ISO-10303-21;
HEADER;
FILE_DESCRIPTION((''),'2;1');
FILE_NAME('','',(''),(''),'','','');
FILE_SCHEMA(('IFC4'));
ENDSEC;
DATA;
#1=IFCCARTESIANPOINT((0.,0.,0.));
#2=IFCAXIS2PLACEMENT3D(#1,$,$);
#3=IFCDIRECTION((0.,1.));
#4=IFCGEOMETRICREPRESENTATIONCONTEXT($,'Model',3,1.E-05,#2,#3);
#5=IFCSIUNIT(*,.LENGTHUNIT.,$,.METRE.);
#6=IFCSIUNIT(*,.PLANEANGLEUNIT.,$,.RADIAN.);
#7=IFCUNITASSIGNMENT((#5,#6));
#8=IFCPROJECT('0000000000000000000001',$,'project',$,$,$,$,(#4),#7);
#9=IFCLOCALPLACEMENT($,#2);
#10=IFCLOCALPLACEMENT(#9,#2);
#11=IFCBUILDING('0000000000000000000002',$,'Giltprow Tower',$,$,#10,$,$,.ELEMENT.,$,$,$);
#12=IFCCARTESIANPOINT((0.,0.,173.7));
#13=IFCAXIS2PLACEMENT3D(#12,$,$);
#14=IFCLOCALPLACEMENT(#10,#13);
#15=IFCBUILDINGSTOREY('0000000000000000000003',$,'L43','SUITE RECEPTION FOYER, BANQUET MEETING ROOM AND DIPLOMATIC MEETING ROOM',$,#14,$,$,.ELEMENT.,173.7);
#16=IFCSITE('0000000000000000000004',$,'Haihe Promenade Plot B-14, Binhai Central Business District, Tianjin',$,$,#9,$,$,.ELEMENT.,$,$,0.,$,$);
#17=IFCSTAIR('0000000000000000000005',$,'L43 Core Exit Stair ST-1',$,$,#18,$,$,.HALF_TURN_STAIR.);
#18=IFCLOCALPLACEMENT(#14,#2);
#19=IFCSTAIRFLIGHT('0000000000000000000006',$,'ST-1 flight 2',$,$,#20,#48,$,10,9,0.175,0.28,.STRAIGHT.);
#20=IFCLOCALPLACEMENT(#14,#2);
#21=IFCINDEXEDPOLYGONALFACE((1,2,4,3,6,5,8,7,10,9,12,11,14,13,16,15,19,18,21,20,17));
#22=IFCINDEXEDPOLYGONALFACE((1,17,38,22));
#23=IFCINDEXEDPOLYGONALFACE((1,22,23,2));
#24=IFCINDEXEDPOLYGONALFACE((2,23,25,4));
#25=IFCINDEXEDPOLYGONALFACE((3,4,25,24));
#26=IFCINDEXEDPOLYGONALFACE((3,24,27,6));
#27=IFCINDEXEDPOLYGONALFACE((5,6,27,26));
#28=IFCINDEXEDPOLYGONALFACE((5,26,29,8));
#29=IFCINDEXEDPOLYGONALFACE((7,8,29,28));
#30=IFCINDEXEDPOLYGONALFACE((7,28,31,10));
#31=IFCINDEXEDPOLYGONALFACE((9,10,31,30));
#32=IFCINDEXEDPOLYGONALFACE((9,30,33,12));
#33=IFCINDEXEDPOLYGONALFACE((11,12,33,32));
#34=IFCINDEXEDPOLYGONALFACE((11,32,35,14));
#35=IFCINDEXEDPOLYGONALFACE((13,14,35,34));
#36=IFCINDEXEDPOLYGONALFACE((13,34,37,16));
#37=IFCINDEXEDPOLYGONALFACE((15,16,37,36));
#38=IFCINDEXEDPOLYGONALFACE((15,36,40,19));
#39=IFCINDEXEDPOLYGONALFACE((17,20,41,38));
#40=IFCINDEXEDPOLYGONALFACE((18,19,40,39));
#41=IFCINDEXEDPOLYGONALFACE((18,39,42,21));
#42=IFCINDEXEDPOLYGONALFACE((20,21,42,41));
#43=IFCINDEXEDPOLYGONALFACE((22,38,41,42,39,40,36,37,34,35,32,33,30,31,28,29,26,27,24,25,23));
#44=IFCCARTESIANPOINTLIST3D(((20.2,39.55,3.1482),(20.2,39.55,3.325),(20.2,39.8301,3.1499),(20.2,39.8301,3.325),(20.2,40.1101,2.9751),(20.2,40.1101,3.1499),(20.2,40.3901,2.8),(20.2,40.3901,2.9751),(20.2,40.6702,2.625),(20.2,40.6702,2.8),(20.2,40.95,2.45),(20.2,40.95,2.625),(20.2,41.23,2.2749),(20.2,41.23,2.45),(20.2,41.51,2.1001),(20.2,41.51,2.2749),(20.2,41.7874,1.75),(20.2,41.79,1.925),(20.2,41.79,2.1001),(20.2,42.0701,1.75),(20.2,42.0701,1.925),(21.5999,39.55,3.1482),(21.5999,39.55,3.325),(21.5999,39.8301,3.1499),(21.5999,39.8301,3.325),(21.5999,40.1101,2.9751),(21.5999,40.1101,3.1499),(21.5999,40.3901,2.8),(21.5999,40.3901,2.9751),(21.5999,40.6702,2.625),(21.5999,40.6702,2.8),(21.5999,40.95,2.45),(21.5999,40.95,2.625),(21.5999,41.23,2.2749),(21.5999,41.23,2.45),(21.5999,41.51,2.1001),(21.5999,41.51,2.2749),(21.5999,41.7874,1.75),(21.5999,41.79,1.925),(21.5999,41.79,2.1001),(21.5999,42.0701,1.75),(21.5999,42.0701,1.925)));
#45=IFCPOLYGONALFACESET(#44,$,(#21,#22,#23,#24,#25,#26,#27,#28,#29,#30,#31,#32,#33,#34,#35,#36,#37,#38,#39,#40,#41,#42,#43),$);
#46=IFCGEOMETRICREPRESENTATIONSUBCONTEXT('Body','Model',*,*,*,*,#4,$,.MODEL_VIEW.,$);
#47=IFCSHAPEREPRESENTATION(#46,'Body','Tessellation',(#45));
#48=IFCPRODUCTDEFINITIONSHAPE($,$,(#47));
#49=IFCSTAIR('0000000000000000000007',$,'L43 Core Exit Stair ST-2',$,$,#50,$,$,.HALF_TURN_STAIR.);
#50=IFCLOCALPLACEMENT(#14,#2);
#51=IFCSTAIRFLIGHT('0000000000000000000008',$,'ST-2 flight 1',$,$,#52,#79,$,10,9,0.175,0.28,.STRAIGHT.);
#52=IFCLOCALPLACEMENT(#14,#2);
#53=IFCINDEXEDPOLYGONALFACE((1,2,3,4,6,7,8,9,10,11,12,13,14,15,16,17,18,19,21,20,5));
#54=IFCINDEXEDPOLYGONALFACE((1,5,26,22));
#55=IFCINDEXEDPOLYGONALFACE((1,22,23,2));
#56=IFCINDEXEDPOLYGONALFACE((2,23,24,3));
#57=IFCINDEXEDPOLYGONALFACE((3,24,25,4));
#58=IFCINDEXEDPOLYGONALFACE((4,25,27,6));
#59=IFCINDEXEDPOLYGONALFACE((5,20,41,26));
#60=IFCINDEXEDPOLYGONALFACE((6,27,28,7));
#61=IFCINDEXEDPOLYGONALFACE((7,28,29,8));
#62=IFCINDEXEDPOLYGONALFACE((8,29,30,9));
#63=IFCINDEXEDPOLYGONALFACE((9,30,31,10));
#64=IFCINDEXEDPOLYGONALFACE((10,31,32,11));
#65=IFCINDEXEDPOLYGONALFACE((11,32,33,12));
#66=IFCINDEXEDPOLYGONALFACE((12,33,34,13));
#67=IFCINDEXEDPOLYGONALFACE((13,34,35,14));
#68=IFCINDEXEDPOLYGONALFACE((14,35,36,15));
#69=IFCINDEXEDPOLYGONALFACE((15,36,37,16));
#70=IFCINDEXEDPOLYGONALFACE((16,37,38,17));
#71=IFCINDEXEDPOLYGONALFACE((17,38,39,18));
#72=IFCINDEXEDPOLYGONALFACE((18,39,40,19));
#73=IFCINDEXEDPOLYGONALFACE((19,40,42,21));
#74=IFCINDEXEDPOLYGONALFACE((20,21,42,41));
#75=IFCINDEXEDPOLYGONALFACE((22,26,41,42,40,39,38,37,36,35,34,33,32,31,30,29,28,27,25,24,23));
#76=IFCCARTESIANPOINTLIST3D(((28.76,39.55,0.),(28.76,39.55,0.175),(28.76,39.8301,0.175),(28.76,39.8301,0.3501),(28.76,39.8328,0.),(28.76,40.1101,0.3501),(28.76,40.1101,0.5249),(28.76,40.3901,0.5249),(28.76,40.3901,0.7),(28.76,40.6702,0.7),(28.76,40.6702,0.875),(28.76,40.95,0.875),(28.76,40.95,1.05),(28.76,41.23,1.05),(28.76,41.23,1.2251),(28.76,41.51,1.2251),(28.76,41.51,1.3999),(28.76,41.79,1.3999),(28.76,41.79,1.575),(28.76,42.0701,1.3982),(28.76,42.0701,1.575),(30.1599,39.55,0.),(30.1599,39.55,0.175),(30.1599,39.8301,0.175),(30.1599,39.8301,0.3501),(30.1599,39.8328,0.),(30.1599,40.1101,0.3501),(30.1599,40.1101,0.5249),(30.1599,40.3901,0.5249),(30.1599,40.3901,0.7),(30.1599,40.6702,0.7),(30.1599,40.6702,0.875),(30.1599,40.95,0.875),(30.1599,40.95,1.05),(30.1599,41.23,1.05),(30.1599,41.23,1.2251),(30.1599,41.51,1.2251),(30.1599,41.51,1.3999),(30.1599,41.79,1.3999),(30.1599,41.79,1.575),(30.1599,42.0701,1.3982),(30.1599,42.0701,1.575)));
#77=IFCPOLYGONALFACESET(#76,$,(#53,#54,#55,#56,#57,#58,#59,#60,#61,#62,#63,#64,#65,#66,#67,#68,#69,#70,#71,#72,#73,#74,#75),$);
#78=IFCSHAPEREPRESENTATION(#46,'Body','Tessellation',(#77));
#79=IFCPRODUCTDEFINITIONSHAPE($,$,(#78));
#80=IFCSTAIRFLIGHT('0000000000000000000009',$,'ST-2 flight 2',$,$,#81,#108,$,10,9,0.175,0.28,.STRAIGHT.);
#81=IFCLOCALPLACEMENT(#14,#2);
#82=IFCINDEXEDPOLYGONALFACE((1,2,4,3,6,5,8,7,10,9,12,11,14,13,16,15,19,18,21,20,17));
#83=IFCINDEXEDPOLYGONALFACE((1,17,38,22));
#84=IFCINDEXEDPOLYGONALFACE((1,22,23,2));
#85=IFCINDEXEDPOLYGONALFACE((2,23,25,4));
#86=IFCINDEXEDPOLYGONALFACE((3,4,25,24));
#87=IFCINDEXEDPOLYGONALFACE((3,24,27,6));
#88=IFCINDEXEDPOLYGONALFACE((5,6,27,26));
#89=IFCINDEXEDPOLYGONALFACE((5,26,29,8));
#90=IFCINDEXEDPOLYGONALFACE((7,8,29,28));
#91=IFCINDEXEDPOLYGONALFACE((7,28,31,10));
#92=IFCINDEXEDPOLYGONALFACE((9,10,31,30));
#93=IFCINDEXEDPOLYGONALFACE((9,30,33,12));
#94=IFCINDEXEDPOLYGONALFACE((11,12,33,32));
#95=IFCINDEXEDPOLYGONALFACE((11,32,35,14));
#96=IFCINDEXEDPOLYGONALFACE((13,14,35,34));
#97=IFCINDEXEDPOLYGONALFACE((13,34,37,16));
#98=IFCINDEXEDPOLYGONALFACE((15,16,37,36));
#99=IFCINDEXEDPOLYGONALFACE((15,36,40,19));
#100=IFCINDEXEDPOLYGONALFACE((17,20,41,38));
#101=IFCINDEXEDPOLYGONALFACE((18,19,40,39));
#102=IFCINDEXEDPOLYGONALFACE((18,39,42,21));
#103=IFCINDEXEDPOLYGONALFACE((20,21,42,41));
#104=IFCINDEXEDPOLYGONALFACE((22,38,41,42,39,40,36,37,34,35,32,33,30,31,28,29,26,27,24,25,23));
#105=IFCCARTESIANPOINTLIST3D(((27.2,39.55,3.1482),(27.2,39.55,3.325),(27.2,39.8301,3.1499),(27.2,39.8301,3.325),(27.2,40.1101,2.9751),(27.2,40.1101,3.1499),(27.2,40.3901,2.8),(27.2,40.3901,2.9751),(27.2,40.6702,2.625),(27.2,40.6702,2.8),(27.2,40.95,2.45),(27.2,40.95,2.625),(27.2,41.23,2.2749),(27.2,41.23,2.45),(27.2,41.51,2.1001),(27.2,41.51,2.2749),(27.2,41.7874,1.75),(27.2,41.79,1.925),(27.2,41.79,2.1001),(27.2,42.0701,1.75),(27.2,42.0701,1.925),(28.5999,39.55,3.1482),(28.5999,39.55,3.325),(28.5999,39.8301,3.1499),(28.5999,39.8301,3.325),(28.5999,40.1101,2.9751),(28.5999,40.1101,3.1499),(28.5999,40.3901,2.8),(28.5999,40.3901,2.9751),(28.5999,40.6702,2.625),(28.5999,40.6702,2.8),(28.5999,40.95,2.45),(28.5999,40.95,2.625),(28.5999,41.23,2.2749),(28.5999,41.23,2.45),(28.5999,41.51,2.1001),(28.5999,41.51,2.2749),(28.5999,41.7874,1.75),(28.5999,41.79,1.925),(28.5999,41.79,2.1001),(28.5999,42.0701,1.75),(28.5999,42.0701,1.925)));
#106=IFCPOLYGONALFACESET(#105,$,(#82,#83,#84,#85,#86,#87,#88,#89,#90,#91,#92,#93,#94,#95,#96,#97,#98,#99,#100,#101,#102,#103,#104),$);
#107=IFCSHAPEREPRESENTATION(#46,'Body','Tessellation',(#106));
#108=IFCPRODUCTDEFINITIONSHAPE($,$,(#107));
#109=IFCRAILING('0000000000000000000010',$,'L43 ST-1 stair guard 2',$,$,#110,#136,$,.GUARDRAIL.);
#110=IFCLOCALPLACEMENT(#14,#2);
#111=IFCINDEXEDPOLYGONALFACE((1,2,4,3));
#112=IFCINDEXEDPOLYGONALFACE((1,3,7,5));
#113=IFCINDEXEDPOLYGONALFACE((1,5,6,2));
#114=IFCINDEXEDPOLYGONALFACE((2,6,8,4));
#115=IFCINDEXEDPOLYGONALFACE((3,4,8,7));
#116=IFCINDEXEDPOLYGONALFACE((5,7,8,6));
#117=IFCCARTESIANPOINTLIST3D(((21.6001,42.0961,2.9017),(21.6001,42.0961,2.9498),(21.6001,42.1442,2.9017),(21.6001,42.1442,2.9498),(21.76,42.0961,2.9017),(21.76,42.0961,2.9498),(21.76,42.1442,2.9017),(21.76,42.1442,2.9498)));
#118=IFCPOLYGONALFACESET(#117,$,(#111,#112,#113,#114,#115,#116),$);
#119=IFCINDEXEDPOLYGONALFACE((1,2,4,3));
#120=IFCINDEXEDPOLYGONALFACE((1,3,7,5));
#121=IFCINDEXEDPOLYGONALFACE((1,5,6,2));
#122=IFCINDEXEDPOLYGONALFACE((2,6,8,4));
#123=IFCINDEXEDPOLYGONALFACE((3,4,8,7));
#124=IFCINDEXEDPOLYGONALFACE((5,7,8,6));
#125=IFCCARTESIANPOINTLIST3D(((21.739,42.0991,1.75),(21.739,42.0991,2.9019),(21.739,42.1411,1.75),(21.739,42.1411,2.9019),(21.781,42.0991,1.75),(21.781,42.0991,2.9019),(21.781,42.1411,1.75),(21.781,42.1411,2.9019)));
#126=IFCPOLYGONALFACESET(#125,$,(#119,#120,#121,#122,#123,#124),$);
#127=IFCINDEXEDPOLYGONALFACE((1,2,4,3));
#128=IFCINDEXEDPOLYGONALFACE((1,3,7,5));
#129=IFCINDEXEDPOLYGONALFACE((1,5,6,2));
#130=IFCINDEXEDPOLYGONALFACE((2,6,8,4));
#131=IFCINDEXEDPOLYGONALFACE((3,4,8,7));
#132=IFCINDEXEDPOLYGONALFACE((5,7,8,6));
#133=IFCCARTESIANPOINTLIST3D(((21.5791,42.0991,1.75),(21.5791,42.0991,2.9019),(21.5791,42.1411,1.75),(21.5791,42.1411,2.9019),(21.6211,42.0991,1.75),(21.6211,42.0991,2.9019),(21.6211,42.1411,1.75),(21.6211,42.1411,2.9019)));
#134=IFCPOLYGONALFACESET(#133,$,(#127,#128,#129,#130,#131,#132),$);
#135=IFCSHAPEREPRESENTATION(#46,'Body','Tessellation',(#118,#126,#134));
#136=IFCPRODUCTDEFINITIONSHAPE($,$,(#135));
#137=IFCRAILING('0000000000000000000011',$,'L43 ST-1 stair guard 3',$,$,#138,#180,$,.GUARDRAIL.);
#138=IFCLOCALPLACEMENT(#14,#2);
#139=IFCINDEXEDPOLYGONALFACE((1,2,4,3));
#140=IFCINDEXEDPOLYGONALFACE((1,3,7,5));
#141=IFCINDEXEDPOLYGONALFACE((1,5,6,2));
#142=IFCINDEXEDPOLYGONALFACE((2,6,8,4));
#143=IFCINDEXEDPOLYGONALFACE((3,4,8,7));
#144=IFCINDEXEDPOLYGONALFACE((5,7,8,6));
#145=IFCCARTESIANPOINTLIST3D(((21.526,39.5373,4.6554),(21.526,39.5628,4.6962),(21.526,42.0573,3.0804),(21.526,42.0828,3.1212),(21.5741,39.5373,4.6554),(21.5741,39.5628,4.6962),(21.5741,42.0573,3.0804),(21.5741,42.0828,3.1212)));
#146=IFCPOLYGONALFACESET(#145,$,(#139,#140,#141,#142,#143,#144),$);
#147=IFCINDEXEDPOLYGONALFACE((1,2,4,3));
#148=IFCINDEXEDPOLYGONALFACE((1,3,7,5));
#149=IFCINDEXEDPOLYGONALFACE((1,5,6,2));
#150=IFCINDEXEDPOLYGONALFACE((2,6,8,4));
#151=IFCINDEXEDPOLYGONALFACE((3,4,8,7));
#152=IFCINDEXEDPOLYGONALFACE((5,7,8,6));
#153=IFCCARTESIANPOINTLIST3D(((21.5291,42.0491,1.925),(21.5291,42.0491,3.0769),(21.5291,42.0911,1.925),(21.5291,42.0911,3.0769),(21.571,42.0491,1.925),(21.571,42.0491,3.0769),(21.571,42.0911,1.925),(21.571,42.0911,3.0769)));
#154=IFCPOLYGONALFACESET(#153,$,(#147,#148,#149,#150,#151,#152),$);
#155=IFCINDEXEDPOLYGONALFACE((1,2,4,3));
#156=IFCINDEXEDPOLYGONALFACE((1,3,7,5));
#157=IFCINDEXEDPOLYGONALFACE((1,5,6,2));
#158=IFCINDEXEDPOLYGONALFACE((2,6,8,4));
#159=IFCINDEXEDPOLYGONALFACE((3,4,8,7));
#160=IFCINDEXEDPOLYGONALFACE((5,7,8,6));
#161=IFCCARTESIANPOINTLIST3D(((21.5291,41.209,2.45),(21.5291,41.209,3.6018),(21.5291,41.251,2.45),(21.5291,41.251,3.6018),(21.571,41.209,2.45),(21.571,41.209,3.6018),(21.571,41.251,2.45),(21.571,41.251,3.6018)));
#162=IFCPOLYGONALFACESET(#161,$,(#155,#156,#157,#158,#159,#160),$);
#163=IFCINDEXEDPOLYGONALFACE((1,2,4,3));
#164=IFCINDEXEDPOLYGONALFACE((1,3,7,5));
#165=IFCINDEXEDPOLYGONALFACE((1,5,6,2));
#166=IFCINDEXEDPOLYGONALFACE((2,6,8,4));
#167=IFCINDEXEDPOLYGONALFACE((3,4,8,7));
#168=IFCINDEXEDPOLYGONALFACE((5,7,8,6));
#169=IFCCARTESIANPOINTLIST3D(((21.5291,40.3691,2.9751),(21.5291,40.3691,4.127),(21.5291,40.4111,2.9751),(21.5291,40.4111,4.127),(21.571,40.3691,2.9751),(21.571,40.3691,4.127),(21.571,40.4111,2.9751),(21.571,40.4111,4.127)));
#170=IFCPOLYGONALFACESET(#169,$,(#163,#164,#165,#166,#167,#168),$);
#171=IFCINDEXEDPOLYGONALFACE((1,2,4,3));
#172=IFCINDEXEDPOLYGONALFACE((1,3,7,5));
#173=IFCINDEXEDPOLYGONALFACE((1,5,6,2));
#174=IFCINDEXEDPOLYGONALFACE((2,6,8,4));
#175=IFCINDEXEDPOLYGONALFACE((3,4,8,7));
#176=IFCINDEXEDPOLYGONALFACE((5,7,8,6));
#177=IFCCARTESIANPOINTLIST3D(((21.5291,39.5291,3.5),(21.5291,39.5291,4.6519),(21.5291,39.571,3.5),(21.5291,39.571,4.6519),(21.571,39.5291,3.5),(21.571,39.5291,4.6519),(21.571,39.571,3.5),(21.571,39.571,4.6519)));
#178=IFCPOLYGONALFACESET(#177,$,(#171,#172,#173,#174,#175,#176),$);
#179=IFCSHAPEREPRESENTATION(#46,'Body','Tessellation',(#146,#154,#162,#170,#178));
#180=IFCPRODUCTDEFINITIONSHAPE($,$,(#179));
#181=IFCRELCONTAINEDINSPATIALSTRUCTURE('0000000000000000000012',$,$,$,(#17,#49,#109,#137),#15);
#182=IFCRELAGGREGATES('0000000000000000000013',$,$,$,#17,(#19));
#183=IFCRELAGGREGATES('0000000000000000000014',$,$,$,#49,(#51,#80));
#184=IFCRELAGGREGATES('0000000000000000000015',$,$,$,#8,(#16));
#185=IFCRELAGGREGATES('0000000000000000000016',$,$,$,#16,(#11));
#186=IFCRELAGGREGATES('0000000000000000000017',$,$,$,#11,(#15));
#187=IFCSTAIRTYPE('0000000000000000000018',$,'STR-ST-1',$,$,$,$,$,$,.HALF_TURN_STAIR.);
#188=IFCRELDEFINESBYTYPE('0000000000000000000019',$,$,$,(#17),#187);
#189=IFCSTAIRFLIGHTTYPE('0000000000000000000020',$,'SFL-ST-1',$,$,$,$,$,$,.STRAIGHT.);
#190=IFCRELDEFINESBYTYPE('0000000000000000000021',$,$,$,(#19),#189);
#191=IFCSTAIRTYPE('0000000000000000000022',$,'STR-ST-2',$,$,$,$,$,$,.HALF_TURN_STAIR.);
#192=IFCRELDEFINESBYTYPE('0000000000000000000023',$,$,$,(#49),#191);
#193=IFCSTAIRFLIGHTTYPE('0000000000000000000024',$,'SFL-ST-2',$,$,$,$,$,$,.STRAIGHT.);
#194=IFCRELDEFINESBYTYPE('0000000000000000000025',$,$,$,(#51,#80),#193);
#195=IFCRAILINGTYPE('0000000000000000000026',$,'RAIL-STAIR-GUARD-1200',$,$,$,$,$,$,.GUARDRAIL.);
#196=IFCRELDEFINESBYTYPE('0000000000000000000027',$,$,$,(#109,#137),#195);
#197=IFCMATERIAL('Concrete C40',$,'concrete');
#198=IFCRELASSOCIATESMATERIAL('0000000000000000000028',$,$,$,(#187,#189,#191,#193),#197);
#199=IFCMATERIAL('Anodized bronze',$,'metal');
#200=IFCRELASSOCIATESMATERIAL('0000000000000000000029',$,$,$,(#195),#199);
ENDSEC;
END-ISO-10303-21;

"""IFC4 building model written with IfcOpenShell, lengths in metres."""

from ifc_helpers import new_model, si_unit, direction, frame, origin, origin_2d, place, context, subcontext, project, spatial, polyline, rectangle, outline, extrude, material, type_object, element, aggregate, save


model = new_model("IFC4")

# Units and contexts
model_context = context("Model", 3, precision=1e-05, world=origin(), true_north=direction((0.0, 1.0)))
body_context = subcontext(model_context, "Body", "Model", "MODEL_VIEW")
ifc_project = project(units=[si_unit("LENGTHUNIT", "METRE"), si_unit("PLANEANGLEUNIT", "RADIAN")], contexts=[model_context])

# Site, building, storey
site_placement = place(None, origin())
site = spatial("IfcSite", under=ifc_project, at=site_placement, Name="Haihe Promenade Plot B-14, Binhai Central Business District, Tianjin", CompositionType="ELEMENT", RefElevation=0.0)
building_placement = place(site_placement, origin())
building = spatial("IfcBuilding", under=site, at=building_placement, Name="Giltprow Tower", CompositionType="ELEMENT")
storey_placement = place(building_placement, frame((0.0, 0.0, 173.7)))
storey = spatial("IfcBuildingStorey", under=building, at=storey_placement, Name="L43", Description="SUITE RECEPTION FOYER, BANQUET MEETING ROOM AND DIPLOMATIC MEETING ROOM", CompositionType="ELEMENT", Elevation=173.7)

# Shared definitions
ifc_material_1 = material(Name="Concrete C40", Category="concrete")

# Stair, stair flight
stair_type_1 = type_object("IfcStairType", Name="STR-ST-1", PredefinedType="HALF_TURN_STAIR", material=ifc_material_1)
stair_1_placement = place(storey_placement, origin())
stair_1 = element("IfcStair", 1, at=stair_1_placement, inside=storey, type_object=stair_type_1, Name="L43 Core Exit Stair ST-1", PredefinedType="HALF_TURN_STAIR")
stair_flight_type_1 = type_object("IfcStairFlightType", Name="SFL-ST-1", PredefinedType="STRAIGHT", material=ifc_material_1)
stair_flight_1_placement = place(storey_placement, frame((20.8999, 42.0701, 1.75), z_axis=(0.0, 0.0, 1.0), x_axis=(0.0, -1.0, 0.0)))
stair_flight_1 = element("IfcStairFlight", 2, at=stair_flight_1_placement, type_object=stair_flight_type_1, Name="ST-1 flight 2", NumberOfRisers=10, NumberOfTreads=9, PredefinedType="STRAIGHT", RiserHeight=0.175, TreadLength=0.28, context=body_context, shape_type="SweptSolid", body=[
    extrude(outline(polyline([(0.0, 0.0), (0.0, 0.175), (0.28, 0.175), (0.28, 0.3501), (0.5601, 0.3501), (0.5601, 0.5249), (0.8401, 0.5249), (0.8401, 0.7), (1.1201, 0.7), (1.1201, 0.875), (1.3999, 0.875), (1.3999, 1.05), (1.6799, 1.05), (1.6799, 1.2251), (1.96, 1.2251), (1.96, 1.3999), (2.24, 1.3999), (2.24, 1.575), (2.52, 1.575), (2.52, 1.75), (2.52, 1.3982), (0.2827, 0.0), (0.0, 0.0)])), frame((0.0, 0.7, 0.0), z_axis=(0.0, -1.0, 0.0), x_axis=(1.0, 0.0, 0.0)), (0.0, 0.0, 1.0), 1.3999),
])
aggregate(stair_1, [stair_flight_1])

# Stair, stair flights
stair_type_2 = type_object("IfcStairType", Name="STR-ST-2", PredefinedType="HALF_TURN_STAIR", material=ifc_material_1)
stair_2_placement = place(storey_placement, origin())
stair_2 = element("IfcStair", 3, at=stair_2_placement, inside=storey, type_object=stair_type_2, Name="L43 Core Exit Stair ST-2", PredefinedType="HALF_TURN_STAIR")
stair_flight_type_2 = type_object("IfcStairFlightType", Name="SFL-ST-2", PredefinedType="STRAIGHT", material=ifc_material_1)
stair_flight_2_placement = place(storey_placement, frame((29.46, 39.55, 0.0), z_axis=(0.0, 0.0, 1.0), x_axis=(0.0, 1.0, 0.0)))
stair_flight_2 = element("IfcStairFlight", 4, at=stair_flight_2_placement, type_object=stair_flight_type_2, Name="ST-2 flight 1", NumberOfRisers=10, NumberOfTreads=9, PredefinedType="STRAIGHT", RiserHeight=0.175, TreadLength=0.28, context=body_context, shape_type="SweptSolid", body=[
    extrude(outline(polyline([(0.0, 0.0), (0.0, 0.175), (0.28, 0.175), (0.28, 0.3501), (0.5601, 0.3501), (0.5601, 0.5249), (0.8401, 0.5249), (0.8401, 0.7), (1.1201, 0.7), (1.1201, 0.875), (1.3999, 0.875), (1.3999, 1.05), (1.6799, 1.05), (1.6799, 1.2251), (1.96, 1.2251), (1.96, 1.3999), (2.24, 1.3999), (2.24, 1.575), (2.52, 1.575), (2.52, 1.75), (2.52, 1.3982), (0.2827, 0.0), (0.0, 0.0)])), frame((0.0, 0.7, 0.0), z_axis=(0.0, -1.0, 0.0), x_axis=(1.0, 0.0, 0.0)), (0.0, 0.0, 1.0), 1.3999),
])
stair_flight_3_placement = place(storey_placement, frame((27.8999, 42.0701, 1.75), z_axis=(0.0, 0.0, 1.0), x_axis=(0.0, -1.0, 0.0)))
stair_flight_3 = element("IfcStairFlight", 5, at=stair_flight_3_placement, type_object=stair_flight_type_2, Name="ST-2 flight 2", NumberOfRisers=10, NumberOfTreads=9, PredefinedType="STRAIGHT", RiserHeight=0.175, TreadLength=0.28, context=body_context, shape_type="SweptSolid", body=[
    extrude(outline(polyline([(0.0, 0.0), (0.0, 0.175), (0.28, 0.175), (0.28, 0.3501), (0.5601, 0.3501), (0.5601, 0.5249), (0.8401, 0.5249), (0.8401, 0.7), (1.1201, 0.7), (1.1201, 0.875), (1.3999, 0.875), (1.3999, 1.05), (1.6799, 1.05), (1.6799, 1.2251), (1.96, 1.2251), (1.96, 1.3999), (2.24, 1.3999), (2.24, 1.575), (2.52, 1.575), (2.52, 1.75), (2.52, 1.3982), (0.2827, 0.0), (0.0, 0.0)])), frame((0.0, 0.7, 0.0), z_axis=(0.0, -1.0, 0.0), x_axis=(1.0, 0.0, 0.0)), (0.0, 0.0, 1.0), 1.3999),
])
aggregate(stair_2, [stair_flight_2, stair_flight_3])

# Railings
ifc_material_2 = material(Name="Anodized bronze", Category="metal")
railing_type_1 = type_object("IfcRailingType", Name="RAIL-STAIR-GUARD-1200", PredefinedType="GUARDRAIL", material=ifc_material_2)
railing_1_placement = place(storey_placement, frame((21.76, 42.1201, 1.75)))
element("IfcRailing", 6, at=railing_1_placement, inside=storey, type_object=railing_type_1, Name="L43 ST-1 stair guard 2", PredefinedType="GUARDRAIL", context=body_context, shape_type="SweptSolid", body=[
    extrude(rectangle(XDim=0.0481, YDim=0.0481, at=origin_2d()), frame((0.0, 0.0, 1.1758), z_axis=(-1.0, 0.0, 0.0), x_axis=(0.0, -1.0, 0.0)), (0.0, 0.0, 1.0), 0.1599),
    extrude(rectangle(XDim=0.042, YDim=0.042, at=origin_2d()), origin(), (0.0, 0.0, 1.0), 1.1519),
    extrude(rectangle(XDim=0.042, YDim=0.042, at=origin_2d()), frame((-0.1599, 0.0, 0.0)), (0.0, 0.0, 1.0), 1.1519),
])
railing_2_placement = place(storey_placement, frame((21.55, 42.0701, 1.925)))
element("IfcRailing", 7, at=railing_2_placement, inside=storey, type_object=railing_type_1, Name="L43 ST-1 stair guard 3", PredefinedType="GUARDRAIL", context=body_context, shape_type="SweptSolid", body=[
    extrude(rectangle(XDim=0.0481, YDim=0.0481, at=origin_2d()), frame((0.0, 0.0, 1.1758), z_axis=(0.0, -0.848008, 0.529984), x_axis=(1.0, 0.0, 0.0)), (0.0, 0.0, 1.0), 2.9717),
    extrude(rectangle(XDim=0.042, YDim=0.042, at=origin_2d()), origin(), (0.0, 0.0, 1.0), 1.1519),
    extrude(rectangle(XDim=0.042, YDim=0.042, at=origin_2d()), frame((0.0, -0.8401, 0.5249)), (0.0, 0.0, 1.0), 1.1519),
    extrude(rectangle(XDim=0.042, YDim=0.042, at=origin_2d()), frame((0.0, -1.6799, 1.05)), (0.0, 0.0, 1.0), 1.1519),
    extrude(rectangle(XDim=0.042, YDim=0.042, at=origin_2d()), frame((0.0, -2.52, 1.575)), (0.0, 0.0, 1.0), 1.1519),
])

save(model, "model.ifc")
